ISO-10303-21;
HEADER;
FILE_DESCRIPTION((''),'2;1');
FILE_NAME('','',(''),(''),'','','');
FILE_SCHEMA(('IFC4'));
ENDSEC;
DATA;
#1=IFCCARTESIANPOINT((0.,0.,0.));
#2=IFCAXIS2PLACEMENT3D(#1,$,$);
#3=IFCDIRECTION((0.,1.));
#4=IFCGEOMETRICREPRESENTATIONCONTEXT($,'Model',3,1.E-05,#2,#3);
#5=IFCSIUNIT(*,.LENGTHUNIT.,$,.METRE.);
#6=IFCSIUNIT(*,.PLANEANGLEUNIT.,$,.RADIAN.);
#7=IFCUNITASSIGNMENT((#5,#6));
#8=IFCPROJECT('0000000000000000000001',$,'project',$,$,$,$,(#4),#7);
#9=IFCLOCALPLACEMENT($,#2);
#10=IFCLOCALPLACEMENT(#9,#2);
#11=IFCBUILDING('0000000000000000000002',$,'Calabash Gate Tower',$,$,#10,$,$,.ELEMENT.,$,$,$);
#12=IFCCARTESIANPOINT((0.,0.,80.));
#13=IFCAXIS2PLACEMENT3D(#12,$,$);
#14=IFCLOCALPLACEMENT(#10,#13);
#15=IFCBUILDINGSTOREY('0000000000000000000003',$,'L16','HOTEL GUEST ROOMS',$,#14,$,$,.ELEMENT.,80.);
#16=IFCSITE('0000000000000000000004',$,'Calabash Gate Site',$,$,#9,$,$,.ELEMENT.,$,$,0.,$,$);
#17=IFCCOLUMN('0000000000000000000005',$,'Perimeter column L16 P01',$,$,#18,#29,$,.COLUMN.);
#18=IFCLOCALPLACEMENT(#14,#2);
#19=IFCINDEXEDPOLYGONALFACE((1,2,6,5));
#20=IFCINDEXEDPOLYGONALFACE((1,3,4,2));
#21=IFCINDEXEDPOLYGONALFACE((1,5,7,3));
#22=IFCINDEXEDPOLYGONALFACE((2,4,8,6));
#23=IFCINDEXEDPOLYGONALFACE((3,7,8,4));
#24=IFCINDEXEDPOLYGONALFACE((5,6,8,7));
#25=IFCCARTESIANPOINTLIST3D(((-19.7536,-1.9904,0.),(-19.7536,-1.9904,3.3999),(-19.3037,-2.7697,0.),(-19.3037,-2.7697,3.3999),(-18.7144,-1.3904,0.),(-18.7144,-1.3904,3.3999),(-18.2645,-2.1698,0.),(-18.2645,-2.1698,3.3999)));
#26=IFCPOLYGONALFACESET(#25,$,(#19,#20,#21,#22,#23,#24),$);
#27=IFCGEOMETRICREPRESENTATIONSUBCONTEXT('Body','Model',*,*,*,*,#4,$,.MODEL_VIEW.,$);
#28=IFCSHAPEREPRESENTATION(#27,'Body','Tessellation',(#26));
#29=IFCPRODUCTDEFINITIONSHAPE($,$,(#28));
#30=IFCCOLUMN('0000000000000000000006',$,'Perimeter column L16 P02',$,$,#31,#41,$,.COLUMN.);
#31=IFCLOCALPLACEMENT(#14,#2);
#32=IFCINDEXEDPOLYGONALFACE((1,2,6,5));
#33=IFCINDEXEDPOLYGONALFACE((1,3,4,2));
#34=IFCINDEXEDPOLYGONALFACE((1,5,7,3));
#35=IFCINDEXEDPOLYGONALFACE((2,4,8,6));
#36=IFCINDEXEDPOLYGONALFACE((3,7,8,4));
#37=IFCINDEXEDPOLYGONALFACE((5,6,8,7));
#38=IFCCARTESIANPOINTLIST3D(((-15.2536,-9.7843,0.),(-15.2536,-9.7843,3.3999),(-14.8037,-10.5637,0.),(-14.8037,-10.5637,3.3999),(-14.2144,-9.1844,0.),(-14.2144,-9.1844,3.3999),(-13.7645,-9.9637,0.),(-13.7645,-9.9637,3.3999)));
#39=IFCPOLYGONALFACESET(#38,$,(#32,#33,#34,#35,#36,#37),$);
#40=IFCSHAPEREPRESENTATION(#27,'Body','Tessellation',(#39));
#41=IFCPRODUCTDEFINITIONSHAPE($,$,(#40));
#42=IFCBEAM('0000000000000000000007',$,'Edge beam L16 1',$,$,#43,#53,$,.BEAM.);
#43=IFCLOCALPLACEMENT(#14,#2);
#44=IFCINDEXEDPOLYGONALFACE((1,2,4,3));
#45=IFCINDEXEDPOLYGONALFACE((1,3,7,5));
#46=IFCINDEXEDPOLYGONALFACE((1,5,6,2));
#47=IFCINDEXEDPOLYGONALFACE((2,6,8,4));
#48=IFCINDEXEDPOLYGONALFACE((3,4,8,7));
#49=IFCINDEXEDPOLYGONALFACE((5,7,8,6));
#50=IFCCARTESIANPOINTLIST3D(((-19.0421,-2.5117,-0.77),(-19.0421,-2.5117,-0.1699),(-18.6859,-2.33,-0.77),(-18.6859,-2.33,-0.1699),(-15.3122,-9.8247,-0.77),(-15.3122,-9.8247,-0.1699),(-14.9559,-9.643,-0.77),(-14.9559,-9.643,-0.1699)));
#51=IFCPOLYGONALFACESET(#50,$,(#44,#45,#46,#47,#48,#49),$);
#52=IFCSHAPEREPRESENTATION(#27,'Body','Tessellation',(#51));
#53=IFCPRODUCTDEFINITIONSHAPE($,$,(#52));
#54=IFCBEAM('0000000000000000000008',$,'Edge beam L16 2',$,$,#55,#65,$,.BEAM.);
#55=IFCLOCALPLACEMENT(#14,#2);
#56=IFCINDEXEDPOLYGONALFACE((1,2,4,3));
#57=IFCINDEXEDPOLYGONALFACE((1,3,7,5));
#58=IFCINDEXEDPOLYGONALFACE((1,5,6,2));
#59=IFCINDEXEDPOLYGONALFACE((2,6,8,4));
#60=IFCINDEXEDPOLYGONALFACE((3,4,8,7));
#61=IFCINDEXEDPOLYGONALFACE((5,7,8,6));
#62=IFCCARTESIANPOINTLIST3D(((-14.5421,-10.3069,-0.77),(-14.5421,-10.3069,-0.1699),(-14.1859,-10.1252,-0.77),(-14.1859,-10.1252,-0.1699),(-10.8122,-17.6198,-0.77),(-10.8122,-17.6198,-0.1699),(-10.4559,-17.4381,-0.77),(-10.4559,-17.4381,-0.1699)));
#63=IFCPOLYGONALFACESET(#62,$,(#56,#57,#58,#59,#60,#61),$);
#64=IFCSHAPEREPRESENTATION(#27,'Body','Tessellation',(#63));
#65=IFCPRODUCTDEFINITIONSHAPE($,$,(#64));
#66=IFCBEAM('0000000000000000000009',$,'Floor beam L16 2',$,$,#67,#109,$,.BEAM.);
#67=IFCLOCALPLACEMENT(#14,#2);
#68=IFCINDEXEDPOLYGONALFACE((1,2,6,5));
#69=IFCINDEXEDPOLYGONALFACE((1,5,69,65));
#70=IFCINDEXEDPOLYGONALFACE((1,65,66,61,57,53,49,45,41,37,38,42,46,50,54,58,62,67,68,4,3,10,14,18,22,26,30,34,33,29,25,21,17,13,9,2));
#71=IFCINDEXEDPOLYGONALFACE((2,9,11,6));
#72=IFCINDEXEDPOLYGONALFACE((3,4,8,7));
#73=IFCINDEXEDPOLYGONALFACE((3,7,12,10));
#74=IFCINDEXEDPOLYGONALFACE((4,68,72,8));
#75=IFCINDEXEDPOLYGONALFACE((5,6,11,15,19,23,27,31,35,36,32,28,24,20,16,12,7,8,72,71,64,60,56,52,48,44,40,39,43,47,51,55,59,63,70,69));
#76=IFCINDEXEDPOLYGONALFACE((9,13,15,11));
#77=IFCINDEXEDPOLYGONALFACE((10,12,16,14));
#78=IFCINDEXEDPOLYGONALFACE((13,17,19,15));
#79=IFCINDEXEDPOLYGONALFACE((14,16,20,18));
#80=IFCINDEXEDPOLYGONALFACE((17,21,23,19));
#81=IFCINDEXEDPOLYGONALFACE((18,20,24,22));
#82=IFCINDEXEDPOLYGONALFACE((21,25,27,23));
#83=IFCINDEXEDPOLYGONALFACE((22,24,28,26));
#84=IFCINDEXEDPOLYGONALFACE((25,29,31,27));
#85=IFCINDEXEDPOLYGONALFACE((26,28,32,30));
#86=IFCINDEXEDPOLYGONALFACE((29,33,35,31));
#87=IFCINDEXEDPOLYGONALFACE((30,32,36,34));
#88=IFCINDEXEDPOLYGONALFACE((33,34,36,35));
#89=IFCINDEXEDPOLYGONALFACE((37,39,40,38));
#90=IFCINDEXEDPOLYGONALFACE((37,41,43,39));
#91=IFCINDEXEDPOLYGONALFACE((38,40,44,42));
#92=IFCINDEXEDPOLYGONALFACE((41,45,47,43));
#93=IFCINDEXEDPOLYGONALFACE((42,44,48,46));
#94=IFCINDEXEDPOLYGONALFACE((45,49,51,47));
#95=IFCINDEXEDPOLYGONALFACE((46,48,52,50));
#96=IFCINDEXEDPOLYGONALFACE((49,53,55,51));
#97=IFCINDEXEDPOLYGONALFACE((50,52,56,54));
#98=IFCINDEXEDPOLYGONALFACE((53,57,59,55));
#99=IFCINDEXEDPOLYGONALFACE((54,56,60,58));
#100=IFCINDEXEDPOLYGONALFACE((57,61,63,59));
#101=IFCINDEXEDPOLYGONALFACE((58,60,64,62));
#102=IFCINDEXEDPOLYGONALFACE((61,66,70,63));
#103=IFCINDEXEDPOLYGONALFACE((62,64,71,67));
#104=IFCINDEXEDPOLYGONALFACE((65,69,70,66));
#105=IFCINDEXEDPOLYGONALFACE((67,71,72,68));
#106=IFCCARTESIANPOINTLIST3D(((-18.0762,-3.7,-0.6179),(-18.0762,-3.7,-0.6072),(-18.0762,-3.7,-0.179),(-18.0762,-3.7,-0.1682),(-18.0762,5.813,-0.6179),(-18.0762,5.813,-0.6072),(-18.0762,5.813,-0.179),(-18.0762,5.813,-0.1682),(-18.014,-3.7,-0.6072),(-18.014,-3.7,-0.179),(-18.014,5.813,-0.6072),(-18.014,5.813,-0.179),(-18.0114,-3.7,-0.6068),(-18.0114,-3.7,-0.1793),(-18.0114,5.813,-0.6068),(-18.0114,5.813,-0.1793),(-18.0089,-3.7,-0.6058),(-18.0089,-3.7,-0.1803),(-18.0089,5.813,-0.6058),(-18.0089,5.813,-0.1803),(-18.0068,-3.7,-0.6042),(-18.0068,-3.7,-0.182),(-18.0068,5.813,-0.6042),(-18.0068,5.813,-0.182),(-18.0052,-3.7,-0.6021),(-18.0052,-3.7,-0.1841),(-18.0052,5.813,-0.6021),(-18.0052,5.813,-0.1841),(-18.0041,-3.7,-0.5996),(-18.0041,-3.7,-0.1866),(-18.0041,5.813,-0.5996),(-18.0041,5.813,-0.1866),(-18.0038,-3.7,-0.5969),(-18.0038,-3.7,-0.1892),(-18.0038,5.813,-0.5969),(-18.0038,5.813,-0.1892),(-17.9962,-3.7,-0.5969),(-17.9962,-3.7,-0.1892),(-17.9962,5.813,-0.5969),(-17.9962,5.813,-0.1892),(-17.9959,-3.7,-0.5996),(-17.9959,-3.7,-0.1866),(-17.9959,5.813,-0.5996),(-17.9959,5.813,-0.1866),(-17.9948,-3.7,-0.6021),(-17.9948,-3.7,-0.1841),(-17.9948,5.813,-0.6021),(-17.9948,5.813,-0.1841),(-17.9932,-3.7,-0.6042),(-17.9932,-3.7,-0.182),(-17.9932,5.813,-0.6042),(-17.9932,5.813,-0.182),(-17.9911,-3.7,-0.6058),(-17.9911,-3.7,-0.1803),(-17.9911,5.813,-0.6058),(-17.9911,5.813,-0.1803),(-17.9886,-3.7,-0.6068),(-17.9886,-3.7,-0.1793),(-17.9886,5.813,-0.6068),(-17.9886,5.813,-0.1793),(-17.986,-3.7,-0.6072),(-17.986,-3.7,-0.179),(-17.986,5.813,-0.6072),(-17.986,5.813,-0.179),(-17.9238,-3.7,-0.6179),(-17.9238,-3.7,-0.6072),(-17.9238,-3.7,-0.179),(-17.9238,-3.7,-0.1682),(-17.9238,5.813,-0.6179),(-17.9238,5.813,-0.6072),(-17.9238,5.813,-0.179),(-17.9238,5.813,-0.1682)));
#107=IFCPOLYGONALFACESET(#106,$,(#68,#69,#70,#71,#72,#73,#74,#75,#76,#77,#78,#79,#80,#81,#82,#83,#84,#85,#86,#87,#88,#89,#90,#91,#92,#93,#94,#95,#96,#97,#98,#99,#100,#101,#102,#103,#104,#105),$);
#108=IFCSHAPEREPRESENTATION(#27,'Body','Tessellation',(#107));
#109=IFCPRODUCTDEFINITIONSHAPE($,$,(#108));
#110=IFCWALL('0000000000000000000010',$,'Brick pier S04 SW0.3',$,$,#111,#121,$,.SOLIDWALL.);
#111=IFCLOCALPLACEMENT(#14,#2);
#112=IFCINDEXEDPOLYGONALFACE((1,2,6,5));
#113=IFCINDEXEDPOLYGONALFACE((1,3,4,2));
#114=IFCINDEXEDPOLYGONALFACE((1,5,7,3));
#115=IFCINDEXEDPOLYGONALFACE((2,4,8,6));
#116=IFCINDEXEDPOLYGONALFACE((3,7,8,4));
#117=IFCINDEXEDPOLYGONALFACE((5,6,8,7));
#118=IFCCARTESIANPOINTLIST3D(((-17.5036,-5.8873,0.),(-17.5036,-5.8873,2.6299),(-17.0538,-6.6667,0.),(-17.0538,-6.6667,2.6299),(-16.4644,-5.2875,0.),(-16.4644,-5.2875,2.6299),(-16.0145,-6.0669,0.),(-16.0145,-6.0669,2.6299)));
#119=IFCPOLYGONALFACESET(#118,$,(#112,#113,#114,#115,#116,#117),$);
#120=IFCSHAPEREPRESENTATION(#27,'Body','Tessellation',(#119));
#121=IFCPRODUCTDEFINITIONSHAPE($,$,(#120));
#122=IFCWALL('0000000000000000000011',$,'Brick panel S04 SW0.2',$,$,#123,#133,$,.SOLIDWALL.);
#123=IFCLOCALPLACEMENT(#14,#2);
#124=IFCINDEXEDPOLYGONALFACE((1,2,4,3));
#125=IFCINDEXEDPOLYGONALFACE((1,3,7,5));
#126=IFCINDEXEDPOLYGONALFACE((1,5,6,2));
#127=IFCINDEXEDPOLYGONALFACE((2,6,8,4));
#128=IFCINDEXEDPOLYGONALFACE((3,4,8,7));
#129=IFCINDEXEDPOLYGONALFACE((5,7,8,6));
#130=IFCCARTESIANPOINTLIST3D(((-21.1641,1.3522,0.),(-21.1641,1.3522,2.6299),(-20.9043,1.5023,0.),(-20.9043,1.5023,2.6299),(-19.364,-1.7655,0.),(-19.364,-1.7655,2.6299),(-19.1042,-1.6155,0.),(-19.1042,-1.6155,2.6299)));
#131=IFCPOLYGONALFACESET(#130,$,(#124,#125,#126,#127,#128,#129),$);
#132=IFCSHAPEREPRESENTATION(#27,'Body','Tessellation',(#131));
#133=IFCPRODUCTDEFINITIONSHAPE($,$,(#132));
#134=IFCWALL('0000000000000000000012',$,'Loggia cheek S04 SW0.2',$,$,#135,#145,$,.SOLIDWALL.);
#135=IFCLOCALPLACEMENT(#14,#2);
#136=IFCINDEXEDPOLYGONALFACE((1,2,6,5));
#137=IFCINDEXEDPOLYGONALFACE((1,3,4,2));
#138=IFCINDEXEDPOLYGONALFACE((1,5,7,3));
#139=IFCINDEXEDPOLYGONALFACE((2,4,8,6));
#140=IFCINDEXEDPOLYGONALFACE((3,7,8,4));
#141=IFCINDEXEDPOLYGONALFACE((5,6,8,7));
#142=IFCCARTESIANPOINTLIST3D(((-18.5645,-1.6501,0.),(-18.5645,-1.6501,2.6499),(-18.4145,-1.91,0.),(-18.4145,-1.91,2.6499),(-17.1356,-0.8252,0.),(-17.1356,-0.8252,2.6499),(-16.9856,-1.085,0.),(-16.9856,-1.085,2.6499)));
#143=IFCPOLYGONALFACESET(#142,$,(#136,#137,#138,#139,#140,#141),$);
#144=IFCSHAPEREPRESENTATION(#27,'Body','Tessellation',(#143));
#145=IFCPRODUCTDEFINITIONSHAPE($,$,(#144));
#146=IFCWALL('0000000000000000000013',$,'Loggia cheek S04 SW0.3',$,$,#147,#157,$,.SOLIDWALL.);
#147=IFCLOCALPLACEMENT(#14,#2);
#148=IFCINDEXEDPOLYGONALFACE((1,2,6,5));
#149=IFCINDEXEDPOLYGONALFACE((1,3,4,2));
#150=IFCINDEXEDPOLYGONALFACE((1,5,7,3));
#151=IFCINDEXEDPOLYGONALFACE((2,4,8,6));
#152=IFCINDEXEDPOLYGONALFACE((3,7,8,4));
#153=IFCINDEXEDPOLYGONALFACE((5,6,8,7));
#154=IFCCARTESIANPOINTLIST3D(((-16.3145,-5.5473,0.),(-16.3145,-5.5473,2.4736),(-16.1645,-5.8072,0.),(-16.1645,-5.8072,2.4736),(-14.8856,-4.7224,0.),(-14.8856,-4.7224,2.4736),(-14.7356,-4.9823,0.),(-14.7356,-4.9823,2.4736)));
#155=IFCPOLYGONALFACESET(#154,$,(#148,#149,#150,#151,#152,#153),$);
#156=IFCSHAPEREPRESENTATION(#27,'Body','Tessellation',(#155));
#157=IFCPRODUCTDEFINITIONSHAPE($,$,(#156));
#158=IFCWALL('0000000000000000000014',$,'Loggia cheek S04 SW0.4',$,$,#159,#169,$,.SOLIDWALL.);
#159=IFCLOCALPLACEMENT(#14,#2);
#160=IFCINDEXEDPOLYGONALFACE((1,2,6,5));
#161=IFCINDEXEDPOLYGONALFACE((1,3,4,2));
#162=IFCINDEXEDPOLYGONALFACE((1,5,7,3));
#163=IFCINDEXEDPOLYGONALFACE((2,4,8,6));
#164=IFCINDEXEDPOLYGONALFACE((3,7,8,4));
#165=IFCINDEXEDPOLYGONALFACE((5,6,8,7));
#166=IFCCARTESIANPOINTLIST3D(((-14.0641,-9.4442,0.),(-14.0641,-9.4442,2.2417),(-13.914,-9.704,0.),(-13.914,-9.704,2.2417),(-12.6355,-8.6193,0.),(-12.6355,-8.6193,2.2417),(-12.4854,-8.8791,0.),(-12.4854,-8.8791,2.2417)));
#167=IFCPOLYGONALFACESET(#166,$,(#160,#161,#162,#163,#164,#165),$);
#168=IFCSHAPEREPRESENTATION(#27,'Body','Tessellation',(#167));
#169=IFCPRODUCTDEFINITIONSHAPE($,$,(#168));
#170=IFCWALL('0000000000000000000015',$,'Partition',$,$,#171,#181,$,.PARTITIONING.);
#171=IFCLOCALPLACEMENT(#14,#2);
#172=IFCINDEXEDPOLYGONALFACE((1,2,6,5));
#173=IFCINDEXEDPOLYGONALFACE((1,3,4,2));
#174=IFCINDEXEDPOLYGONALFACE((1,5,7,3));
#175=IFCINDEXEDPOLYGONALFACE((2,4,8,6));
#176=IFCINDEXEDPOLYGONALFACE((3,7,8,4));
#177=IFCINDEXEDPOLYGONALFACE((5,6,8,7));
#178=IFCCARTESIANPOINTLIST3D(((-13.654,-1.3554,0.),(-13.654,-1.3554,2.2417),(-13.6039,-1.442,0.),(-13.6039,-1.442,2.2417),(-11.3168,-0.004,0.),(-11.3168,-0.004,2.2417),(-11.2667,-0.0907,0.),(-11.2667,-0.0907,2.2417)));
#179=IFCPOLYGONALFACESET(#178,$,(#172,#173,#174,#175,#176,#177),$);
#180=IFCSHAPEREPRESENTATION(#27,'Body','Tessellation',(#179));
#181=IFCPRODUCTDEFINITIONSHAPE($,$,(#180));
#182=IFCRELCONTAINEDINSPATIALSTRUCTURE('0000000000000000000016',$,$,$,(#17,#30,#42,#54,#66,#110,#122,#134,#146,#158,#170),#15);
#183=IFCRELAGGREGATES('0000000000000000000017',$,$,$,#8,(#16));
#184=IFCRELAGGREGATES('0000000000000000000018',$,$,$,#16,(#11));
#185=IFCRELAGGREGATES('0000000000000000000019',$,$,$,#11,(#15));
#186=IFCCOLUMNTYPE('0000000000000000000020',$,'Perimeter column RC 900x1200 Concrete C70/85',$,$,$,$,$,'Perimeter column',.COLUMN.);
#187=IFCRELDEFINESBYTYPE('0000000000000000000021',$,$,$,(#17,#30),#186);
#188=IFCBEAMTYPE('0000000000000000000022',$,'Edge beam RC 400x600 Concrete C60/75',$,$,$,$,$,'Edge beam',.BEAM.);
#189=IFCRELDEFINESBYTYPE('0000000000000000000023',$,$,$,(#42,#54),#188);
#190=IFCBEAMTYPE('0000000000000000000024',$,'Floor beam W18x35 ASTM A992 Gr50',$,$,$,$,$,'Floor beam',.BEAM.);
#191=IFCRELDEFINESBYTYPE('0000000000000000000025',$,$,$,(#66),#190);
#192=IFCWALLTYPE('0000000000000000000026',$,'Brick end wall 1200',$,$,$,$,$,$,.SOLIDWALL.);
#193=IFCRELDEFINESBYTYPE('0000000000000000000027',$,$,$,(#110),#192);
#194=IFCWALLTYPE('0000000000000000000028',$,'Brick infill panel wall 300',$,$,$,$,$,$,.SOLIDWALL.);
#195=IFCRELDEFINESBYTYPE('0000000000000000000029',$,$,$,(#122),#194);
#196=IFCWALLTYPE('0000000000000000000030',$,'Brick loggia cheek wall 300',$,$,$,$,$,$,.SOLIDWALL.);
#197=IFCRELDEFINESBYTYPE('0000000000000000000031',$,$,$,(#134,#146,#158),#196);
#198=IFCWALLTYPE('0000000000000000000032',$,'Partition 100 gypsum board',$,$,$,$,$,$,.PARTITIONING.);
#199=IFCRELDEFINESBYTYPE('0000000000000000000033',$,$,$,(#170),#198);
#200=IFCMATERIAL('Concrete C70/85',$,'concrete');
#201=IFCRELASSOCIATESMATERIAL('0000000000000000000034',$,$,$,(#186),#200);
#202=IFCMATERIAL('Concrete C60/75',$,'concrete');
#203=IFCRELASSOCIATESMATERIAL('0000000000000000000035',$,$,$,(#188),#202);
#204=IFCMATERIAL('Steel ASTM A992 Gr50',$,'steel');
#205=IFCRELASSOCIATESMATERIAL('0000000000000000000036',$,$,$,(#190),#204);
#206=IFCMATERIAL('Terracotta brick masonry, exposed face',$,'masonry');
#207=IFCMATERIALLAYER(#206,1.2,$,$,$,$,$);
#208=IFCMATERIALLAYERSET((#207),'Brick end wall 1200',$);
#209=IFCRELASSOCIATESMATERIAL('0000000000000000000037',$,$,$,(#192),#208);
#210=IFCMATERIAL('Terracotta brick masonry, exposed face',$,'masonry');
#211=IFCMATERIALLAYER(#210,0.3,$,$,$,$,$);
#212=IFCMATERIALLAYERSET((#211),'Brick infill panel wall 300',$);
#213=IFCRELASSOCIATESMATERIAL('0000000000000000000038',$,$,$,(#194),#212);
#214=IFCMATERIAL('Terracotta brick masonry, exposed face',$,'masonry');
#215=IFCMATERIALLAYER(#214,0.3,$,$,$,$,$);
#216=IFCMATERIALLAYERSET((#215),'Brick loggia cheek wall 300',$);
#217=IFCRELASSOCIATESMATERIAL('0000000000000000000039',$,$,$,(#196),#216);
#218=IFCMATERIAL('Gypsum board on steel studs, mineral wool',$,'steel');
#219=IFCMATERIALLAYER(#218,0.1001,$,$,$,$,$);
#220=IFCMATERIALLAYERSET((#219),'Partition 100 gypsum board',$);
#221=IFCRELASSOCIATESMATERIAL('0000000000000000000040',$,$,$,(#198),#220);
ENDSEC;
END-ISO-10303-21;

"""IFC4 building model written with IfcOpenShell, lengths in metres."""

from ifc_helpers import new_model, si_unit, direction, frame, frame_2d, origin, origin_2d, place, context, subcontext, project, spatial, rectangle, i_section, extrude, material, layer, layer_set, material_profile, profile_set, type_object, element, save


model = new_model("IFC4")

# Units and contexts
model_context = context("Model", 3, precision=1e-05, world=origin(), true_north=direction((0.0, 1.0)))
body_context = subcontext(model_context, "Body", "Model", "MODEL_VIEW")
ifc_project = project(units=[si_unit("LENGTHUNIT", "METRE"), si_unit("PLANEANGLEUNIT", "RADIAN")], contexts=[model_context])

# Site, building, storey
site_placement = place(None, origin())
site = spatial("IfcSite", under=ifc_project, at=site_placement, Name="Calabash Gate Site", CompositionType="ELEMENT", RefElevation=0.0)
building_placement = place(site_placement, origin())
building = spatial("IfcBuilding", under=site, at=building_placement, Name="Calabash Gate Tower", CompositionType="ELEMENT")
storey_placement = place(building_placement, frame((0.0, 0.0, 80.0)))
storey = spatial("IfcBuildingStorey", under=building, at=storey_placement, Name="L16", Description="HOTEL GUEST ROOMS", CompositionType="ELEMENT", Elevation=80.0)

# Columns
ifc_material_1 = material(Name="Concrete C70/85", Category="concrete")
ifc_material_profile_1 = material_profile(ifc_material_1, rectangle(XDim=0.8999, YDim=1.2, at=origin_2d()))
ifc_profile_set_1 = profile_set([ifc_material_profile_1], Name="Concrete C70/85")
column_type = type_object("IfcColumnType", Name="Perimeter column RC 900x1200 Concrete C70/85", ElementType="Perimeter column", PredefinedType="COLUMN", material=ifc_profile_set_1)
for number, where, z_axis, x_axis, name in (
    (1, (-19.009, -2.0801, 0.0), (0.0, 0.0, 1.0), (0.5, -0.866025, 0.0), "Perimeter column L16 P01"),
    (2, (-14.509, -9.874, 0.0), (0.0, 0.0, 1.0), (0.5, -0.866025, 0.0), "Perimeter column L16 P02"),
):
    element("IfcColumn", number, at=place(storey_placement, frame(where, z_axis=z_axis, x_axis=x_axis)), inside=storey, type_object=column_type, Name=name, PredefinedType="COLUMN", context=body_context, shape_type="SweptSolid", body=[
        extrude(rectangle(XDim=0.8999, YDim=1.2, at=origin_2d()), origin(), (0.0, 0.0, 1.0), 3.3999),
    ])

# Beams
ifc_material_2 = material(Name="Concrete C60/75", Category="concrete")
ifc_material_profile_2 = material_profile(ifc_material_2, rectangle(XDim=0.3999, YDim=0.6001, at=origin_2d()))
ifc_profile_set_2 = profile_set([ifc_material_profile_2], Name="Concrete C60/75")
beam_type_1 = type_object("IfcBeamType", Name="Edge beam RC 400x600 Concrete C60/75", ElementType="Edge beam", PredefinedType="BEAM", material=ifc_profile_set_2)
for number, where, z_axis, x_axis, name in (
    (3, (-18.864, -2.4209, -0.47), (0.454361, -0.890818, 0.0), (0.890818, 0.454361, 0.0), "Edge beam L16 1"),
    (4, (-14.364, -10.2161, -0.47), (0.454361, -0.890818, 0.0), (0.890818, 0.454361, 0.0), "Edge beam L16 2"),
):
    element("IfcBeam", number, at=place(storey_placement, frame(where, z_axis=z_axis, x_axis=x_axis)), inside=storey, type_object=beam_type_1, Name=name, PredefinedType="BEAM", context=body_context, shape_type="SweptSolid", body=[
        extrude(rectangle(XDim=0.3999, YDim=0.6001, at=origin_2d()), origin(), (0.0, 0.0, 1.0), 8.2092),
    ])
ifc_material_3 = material(Name="Steel ASTM A992 Gr50", Category="steel")
ifc_material_profile_3 = material_profile(ifc_material_3, i_section(OverallWidth=0.1523, OverallDepth=0.4497, WebThickness=0.0076, FlangeThickness=0.0107, FilletRadius=0.0103, at=origin_2d()))
ifc_profile_set_3 = profile_set([ifc_material_profile_3], Name="Steel ASTM A992 Gr50")
beam_type_2 = type_object("IfcBeamType", Name="Floor beam W18x35 ASTM A992 Gr50", ElementType="Floor beam", PredefinedType="BEAM", material=ifc_profile_set_3)
beam_placement = place(storey_placement, frame((-18.0, -3.7, -0.3931), z_axis=(0.0, 1.0, 0.0), x_axis=(-1.0, 0.0, 0.0)))
element("IfcBeam", 5, at=beam_placement, inside=storey, type_object=beam_type_2, Name="Floor beam L16 2", PredefinedType="BEAM", context=body_context, shape_type="SweptSolid", body=[
    extrude(i_section(OverallWidth=0.1523, OverallDepth=0.4497, WebThickness=0.0076, FlangeThickness=0.0107, FilletRadius=0.0103, at=origin_2d()), origin(), (0.0, 0.0, 1.0), 9.5129),
])

# Walls
ifc_material_4 = material(Name="Terracotta brick masonry, exposed face", Category="masonry")
ifc_layer_1 = layer(ifc_material_4, 1.2)
ifc_layer_set_1 = layer_set([ifc_layer_1], Name="Brick end wall 1200")
wall_type_1 = type_object("IfcWallType", Name="Brick end wall 1200", PredefinedType="SOLIDWALL", material=ifc_layer_set_1)
wall_1_placement = place(storey_placement, frame((-17.2788, -6.2771, 0.0), z_axis=(0.0, 0.0, 1.0), x_axis=(0.866094, 0.499881, 0.0)))
element("IfcWall", 6, at=wall_1_placement, inside=storey, type_object=wall_type_1, Name="Brick pier S04 SW0.3", PredefinedType="SOLIDWALL", context=body_context, shape_type="SweptSolid", body=[
    extrude(rectangle(XDim=1.2, YDim=0.8999, at=frame_2d((0.6001, 0.0))), origin(), (0.0, 0.0, 1.0), 2.6299),
])
ifc_material_5 = material(Name="Terracotta brick masonry, exposed face", Category="masonry")
ifc_layer_2 = layer(ifc_material_5, 0.3)
ifc_layer_set_2 = layer_set([ifc_layer_2], Name="Brick infill panel wall 300")
wall_type_2 = type_object("IfcWallType", Name="Brick infill panel wall 300", PredefinedType="SOLIDWALL", material=ifc_layer_set_2)
wall_2_placement = place(storey_placement, frame((-21.0342, 1.4272, 0.0), z_axis=(0.0, 0.0, 1.0), x_axis=(0.500012, -0.866018, 0.0)))
element("IfcWall", 7, at=wall_2_placement, inside=storey, type_object=wall_type_2, Name="Brick panel S04 SW0.2", PredefinedType="SOLIDWALL", context=body_context, shape_type="SweptSolid", body=[
    extrude(rectangle(XDim=3.6001, YDim=0.3, at=frame_2d((1.8, 0.0))), origin(), (0.0, 0.0, 1.0), 2.6299),
])
ifc_material_6 = material(Name="Terracotta brick masonry, exposed face", Category="masonry")
ifc_layer_3 = layer(ifc_material_6, 0.3)
ifc_layer_set_3 = layer_set([ifc_layer_3], Name="Brick loggia cheek wall 300")
wall_type_3 = type_object("IfcWallType", Name="Brick loggia cheek wall 300", PredefinedType="SOLIDWALL", material=ifc_layer_set_3)
wall_3_placement = place(storey_placement, frame((-18.4895, -1.78, 0.0), z_axis=(0.0, 0.0, 1.0), x_axis=(0.86604, 0.499974, 0.0)))
element("IfcWall", 8, at=wall_3_placement, inside=storey, type_object=wall_type_3, Name="Loggia cheek S04 SW0.2", PredefinedType="SOLIDWALL", context=body_context, shape_type="SweptSolid", body=[
    extrude(rectangle(XDim=1.6499, YDim=0.3, at=frame_2d((0.825, 0.0))), origin(), (0.0, 0.0, 1.0), 2.6499),
])
wall_4_placement = place(storey_placement, frame((-16.2395, -5.6772, 0.0), z_axis=(0.0, 0.0, 1.0), x_axis=(0.86604, 0.499974, 0.0)))
element("IfcWall", 9, at=wall_4_placement, inside=storey, type_object=wall_type_3, Name="Loggia cheek S04 SW0.3", PredefinedType="SOLIDWALL", context=body_context, shape_type="SweptSolid", body=[
    extrude(rectangle(XDim=1.6499, YDim=0.3, at=frame_2d((0.825, 0.0))), origin(), (0.0, 0.0, 1.0), 2.4736),
])
wall_5_placement = place(storey_placement, frame((-12.5605, -8.7493, 0.0), z_axis=(0.0, 0.0, 1.0), x_axis=(-0.866003, -0.500038, 0.0)))
element("IfcWall", 10, at=wall_5_placement, inside=storey, type_object=wall_type_3, Name="Loggia cheek S04 SW0.4", PredefinedType="SOLIDWALL", context=body_context, shape_type="SweptSolid", body=[
    extrude(rectangle(XDim=1.6497, YDim=0.3, at=frame_2d((0.8247, 0.0))), origin(), (0.0, 0.0, 1.0), 2.2417),
])
ifc_material_7 = material(Name="Gypsum board on steel studs, mineral wool", Category="steel")
ifc_layer_4 = layer(ifc_material_7, 0.1001)
ifc_layer_set_4 = layer_set([ifc_layer_4], Name="Partition 100 gypsum board")
wall_type_4 = type_object("IfcWallType", Name="Partition 100 gypsum board", PredefinedType="PARTITIONING", material=ifc_layer_set_4)
wall_6_placement = place(storey_placement, frame((-13.6289, -1.3987, 0.0), z_axis=(0.0, 0.0, 1.0), x_axis=(0.865711, 0.500544, 0.0)))
element("IfcWall", 11, at=wall_6_placement, inside=storey, type_object=wall_type_4, Name="Partition", PredefinedType="PARTITIONING", context=body_context, shape_type="SweptSolid", body=[
    extrude(rectangle(XDim=2.6997, YDim=0.1001, at=frame_2d((1.3499, 0.0))), origin(), (0.0, 0.0, 1.0), 2.2417),
])

save(model, "model.ifc")
